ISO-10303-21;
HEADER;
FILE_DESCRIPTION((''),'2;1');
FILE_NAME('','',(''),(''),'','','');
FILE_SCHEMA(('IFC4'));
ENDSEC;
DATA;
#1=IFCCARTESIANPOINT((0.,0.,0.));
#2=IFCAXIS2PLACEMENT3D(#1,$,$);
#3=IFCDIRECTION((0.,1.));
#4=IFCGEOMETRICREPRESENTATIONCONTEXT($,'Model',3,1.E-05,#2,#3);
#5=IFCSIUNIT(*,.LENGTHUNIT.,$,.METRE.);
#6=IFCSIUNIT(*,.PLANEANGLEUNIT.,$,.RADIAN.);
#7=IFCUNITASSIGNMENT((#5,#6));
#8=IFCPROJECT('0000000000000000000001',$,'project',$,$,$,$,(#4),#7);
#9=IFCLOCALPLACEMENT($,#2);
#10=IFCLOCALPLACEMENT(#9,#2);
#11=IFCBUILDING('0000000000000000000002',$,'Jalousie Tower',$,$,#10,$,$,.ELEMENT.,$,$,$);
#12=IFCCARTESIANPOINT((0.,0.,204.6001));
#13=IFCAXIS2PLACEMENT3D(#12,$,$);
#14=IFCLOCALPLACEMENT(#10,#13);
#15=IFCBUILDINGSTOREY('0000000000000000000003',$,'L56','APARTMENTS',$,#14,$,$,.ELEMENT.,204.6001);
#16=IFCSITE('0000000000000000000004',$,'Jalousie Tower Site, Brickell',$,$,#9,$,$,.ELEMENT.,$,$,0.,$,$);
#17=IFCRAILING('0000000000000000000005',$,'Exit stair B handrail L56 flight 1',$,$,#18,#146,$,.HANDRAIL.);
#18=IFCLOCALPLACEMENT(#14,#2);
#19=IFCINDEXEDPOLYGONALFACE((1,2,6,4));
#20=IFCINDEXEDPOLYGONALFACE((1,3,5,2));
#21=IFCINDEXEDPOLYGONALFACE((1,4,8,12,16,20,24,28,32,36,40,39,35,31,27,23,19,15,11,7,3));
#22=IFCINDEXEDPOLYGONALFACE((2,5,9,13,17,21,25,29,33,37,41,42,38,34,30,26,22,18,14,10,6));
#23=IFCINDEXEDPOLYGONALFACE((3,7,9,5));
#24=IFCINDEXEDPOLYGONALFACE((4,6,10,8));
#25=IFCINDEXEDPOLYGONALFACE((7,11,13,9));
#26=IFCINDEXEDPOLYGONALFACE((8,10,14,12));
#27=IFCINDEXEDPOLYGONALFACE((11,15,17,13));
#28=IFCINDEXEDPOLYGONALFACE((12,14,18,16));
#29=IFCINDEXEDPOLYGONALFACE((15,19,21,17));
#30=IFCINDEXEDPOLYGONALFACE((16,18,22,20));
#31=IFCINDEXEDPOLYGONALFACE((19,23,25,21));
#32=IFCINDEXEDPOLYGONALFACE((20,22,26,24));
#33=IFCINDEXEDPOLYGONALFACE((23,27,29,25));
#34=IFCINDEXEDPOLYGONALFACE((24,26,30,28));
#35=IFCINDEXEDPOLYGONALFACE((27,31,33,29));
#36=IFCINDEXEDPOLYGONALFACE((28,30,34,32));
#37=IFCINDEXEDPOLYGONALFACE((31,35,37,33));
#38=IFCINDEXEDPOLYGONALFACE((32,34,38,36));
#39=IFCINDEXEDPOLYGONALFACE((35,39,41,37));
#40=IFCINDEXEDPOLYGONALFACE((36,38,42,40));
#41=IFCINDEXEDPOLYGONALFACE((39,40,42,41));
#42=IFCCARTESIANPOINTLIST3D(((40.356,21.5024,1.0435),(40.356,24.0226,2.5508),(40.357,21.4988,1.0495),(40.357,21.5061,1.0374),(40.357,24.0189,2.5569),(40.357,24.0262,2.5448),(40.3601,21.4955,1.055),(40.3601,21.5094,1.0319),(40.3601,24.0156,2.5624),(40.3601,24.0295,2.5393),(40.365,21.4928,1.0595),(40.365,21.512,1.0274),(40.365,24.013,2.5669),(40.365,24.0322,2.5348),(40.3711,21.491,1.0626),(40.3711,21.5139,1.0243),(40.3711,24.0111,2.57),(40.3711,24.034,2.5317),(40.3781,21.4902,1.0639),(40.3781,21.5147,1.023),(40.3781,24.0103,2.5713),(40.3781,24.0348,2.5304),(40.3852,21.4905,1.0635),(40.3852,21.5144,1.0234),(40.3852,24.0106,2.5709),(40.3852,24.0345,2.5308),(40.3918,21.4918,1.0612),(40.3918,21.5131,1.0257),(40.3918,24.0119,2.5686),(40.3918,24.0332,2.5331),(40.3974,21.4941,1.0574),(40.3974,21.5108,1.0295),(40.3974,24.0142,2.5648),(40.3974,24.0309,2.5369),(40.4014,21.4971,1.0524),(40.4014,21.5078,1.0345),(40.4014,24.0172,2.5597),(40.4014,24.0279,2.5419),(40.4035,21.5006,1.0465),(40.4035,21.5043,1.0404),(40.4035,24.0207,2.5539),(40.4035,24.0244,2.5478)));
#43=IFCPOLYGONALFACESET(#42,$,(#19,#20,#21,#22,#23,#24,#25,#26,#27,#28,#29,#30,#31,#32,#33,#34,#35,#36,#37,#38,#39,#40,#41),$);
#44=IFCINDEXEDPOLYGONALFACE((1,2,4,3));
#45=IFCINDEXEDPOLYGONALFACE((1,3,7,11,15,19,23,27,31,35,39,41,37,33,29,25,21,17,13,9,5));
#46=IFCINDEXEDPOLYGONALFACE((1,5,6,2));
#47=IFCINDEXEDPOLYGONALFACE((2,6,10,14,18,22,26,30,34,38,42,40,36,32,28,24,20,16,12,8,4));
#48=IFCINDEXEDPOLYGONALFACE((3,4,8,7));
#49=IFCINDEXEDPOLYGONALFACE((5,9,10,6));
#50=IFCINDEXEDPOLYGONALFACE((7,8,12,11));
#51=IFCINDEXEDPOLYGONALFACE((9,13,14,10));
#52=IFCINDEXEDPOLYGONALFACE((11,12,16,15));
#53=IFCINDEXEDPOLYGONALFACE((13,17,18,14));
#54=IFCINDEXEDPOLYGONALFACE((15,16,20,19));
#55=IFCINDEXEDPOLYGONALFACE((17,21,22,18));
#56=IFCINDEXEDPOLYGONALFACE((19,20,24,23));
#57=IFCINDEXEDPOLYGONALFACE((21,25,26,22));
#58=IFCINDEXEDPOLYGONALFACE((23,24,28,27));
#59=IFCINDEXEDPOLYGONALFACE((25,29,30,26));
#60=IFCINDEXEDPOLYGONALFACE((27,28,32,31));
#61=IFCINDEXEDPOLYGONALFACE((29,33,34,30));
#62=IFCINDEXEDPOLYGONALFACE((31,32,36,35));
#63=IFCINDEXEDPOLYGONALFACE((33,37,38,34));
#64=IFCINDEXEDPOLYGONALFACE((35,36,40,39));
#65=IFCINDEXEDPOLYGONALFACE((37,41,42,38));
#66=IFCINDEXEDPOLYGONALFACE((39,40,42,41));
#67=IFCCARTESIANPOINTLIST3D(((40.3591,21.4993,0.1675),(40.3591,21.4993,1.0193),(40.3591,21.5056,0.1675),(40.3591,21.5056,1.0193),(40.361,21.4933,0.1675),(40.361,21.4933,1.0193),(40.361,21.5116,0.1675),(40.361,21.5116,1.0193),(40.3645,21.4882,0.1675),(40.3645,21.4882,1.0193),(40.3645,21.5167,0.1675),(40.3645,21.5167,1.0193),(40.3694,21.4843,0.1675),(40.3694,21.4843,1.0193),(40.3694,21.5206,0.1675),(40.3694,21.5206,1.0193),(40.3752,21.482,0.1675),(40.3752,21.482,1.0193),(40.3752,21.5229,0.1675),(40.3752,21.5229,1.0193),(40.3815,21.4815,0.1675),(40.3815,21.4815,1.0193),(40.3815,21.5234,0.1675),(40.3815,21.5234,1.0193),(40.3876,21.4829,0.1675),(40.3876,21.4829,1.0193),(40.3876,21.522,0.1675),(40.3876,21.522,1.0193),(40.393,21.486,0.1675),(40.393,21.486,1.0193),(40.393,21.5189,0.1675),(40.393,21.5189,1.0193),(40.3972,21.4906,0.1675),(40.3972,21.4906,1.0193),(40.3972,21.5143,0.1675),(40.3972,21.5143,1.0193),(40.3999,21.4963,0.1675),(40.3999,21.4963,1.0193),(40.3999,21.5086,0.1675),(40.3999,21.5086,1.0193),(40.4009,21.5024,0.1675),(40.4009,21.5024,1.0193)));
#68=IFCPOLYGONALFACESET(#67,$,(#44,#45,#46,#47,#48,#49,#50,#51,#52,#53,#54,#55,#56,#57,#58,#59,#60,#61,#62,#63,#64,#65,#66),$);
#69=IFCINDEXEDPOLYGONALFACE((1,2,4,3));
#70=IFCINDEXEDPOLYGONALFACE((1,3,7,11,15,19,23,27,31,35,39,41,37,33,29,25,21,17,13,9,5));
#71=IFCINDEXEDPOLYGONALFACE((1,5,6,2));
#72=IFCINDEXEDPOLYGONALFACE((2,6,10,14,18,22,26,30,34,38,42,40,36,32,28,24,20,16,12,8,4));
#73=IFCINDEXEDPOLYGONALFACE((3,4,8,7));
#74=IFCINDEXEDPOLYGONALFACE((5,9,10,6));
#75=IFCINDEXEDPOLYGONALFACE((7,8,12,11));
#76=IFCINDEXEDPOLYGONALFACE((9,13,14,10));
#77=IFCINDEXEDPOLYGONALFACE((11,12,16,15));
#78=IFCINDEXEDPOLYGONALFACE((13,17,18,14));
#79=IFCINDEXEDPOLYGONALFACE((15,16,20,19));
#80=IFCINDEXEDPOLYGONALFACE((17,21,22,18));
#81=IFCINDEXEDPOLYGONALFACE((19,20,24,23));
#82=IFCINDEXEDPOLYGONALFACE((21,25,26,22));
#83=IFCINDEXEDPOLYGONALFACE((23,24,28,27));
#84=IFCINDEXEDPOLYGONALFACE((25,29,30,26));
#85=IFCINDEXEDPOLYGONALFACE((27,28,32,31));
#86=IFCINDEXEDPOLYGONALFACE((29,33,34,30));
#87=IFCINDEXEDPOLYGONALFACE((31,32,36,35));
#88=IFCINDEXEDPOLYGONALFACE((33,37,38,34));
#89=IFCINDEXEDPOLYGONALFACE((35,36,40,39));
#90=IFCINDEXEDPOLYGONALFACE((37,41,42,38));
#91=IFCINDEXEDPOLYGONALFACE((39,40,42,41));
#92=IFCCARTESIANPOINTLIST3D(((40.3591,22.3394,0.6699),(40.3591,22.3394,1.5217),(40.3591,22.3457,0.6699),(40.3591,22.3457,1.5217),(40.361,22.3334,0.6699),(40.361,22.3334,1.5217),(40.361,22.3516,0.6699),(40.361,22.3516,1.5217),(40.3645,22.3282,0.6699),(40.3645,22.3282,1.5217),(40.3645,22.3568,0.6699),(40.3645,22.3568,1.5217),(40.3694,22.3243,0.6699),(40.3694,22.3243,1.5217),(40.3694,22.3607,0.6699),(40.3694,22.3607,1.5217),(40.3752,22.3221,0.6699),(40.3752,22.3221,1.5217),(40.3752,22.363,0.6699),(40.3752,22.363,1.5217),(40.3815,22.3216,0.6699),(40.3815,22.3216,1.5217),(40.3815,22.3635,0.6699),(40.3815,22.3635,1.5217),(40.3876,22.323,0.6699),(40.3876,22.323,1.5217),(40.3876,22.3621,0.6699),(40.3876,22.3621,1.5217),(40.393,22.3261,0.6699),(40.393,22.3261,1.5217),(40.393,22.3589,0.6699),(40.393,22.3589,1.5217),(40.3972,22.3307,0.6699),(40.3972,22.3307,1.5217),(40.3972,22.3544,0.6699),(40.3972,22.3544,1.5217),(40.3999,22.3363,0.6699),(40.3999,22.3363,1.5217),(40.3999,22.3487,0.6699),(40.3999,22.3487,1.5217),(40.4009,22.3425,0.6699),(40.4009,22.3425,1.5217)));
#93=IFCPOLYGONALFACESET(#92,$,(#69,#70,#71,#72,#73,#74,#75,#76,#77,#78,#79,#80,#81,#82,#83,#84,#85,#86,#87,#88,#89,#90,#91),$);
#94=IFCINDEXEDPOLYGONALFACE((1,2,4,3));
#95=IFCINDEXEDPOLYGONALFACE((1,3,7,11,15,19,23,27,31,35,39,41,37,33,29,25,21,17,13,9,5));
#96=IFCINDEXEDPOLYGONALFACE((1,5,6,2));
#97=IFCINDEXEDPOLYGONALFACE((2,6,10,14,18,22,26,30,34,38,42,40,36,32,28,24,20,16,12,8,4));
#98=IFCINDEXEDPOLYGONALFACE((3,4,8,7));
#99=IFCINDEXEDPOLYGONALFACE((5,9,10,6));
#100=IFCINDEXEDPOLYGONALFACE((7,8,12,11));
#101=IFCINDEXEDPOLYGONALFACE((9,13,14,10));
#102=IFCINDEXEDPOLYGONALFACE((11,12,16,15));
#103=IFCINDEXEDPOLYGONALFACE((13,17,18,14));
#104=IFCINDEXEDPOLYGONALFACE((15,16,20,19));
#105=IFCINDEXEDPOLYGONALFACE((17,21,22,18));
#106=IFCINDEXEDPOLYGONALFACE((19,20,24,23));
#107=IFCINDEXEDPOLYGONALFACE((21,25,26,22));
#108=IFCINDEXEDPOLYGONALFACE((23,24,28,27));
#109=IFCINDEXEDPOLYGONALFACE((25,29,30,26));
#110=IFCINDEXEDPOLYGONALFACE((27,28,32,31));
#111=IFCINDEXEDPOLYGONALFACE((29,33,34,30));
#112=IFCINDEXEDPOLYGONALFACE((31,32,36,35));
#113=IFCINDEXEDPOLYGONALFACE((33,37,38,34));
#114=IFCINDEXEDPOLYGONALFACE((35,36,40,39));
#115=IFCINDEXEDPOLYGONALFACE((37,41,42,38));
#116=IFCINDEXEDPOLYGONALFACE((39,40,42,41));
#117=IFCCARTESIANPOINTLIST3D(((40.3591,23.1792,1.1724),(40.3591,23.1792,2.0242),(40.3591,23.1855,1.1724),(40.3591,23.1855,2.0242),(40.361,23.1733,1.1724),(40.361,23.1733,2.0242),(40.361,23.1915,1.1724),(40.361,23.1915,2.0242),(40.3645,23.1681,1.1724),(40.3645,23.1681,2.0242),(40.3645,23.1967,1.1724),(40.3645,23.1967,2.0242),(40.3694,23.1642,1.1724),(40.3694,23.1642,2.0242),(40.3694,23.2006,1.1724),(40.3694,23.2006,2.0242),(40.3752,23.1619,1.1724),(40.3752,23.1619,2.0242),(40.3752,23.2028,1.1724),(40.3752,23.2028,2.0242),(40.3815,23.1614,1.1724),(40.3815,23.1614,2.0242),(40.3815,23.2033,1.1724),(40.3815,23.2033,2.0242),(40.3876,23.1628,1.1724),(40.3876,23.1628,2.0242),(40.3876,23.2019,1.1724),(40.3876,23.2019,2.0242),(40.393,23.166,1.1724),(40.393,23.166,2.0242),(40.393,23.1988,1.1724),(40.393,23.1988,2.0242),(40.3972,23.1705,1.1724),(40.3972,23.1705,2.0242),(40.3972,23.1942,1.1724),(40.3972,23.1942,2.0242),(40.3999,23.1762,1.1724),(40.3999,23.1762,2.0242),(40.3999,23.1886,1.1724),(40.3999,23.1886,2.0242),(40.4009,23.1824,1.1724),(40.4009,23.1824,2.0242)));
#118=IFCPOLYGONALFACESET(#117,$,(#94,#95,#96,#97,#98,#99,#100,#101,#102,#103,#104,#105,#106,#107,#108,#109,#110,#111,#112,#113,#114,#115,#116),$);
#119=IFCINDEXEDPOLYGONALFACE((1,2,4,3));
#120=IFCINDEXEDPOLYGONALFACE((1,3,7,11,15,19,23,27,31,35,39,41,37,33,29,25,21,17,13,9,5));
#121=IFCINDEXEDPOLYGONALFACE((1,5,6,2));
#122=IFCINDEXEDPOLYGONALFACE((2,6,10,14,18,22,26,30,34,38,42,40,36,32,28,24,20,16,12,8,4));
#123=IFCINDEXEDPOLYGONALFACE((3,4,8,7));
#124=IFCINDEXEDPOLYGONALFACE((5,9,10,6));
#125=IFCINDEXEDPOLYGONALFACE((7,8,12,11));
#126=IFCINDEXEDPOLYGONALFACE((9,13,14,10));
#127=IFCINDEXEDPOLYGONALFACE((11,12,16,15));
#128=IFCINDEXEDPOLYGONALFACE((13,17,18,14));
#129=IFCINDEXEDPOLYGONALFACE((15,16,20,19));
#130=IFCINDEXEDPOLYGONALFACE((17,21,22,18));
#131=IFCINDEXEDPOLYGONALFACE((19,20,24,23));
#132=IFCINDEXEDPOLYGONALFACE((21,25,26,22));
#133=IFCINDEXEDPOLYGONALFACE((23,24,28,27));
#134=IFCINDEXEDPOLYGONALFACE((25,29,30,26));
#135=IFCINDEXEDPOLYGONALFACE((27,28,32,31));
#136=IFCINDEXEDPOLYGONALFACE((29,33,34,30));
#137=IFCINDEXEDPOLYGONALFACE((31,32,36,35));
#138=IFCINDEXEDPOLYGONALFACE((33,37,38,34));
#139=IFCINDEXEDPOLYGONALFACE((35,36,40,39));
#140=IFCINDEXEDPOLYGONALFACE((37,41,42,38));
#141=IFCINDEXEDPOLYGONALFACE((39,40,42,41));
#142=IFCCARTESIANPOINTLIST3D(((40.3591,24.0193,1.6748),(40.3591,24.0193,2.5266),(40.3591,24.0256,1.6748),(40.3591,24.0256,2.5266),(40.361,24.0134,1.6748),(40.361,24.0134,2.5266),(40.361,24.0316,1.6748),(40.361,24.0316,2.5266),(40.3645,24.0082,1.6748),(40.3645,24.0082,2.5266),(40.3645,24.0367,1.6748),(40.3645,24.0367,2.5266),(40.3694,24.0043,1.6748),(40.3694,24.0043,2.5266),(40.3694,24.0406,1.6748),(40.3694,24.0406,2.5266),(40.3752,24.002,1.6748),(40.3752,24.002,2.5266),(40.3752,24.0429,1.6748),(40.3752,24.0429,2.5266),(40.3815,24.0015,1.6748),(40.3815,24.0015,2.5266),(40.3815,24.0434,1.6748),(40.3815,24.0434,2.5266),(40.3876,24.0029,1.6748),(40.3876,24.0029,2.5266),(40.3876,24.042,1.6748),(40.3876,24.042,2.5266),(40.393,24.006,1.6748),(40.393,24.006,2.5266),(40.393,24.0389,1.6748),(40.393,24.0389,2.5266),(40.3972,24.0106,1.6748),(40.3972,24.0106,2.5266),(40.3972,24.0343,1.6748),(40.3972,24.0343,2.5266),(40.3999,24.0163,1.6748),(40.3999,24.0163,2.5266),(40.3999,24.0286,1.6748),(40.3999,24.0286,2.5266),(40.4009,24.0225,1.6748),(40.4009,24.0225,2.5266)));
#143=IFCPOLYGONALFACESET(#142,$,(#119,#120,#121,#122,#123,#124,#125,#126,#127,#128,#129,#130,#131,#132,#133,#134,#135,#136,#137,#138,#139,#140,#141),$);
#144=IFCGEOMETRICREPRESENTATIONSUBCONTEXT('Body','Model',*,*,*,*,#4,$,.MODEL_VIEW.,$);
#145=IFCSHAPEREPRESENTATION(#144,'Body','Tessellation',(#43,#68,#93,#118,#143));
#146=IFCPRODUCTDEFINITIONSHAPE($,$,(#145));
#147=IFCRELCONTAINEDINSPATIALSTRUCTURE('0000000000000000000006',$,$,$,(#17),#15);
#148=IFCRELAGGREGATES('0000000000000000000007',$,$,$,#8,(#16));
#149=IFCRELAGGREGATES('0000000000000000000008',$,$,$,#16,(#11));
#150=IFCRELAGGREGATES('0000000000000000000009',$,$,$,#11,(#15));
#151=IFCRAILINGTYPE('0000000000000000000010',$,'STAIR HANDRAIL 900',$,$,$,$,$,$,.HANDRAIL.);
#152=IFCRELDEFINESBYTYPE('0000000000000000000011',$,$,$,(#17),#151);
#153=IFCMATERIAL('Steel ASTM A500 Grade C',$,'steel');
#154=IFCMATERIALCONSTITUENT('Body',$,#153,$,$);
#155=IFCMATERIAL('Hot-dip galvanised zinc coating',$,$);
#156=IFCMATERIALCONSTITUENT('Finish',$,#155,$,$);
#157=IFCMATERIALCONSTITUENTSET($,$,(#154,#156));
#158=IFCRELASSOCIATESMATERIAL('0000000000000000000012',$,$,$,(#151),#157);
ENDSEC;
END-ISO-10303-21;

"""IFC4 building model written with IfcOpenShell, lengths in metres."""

from ifc_helpers import new_model, si_unit, direction, frame, origin, origin_2d, place, context, subcontext, project, spatial, circle, extrude, material, constituent, constituent_set, type_object, element, save


model = new_model("IFC4")

# Units and contexts
model_context = context("Model", 3, precision=1e-05, world=origin(), true_north=direction((0.0, 1.0)))
body_context = subcontext(model_context, "Body", "Model", "MODEL_VIEW")
ifc_project = project(units=[si_unit("LENGTHUNIT", "METRE"), si_unit("PLANEANGLEUNIT", "RADIAN")], contexts=[model_context])

# Site, building, storey
site_placement = place(None, origin())
site = spatial("IfcSite", under=ifc_project, at=site_placement, Name="Jalousie Tower Site, Brickell", CompositionType="ELEMENT", RefElevation=0.0)
building_placement = place(site_placement, origin())
building = spatial("IfcBuilding", under=site, at=building_placement, Name="Jalousie Tower", CompositionType="ELEMENT")
storey_placement = place(building_placement, frame((0.0, 0.0, 204.6001)))
storey = spatial("IfcBuildingStorey", under=building, at=storey_placement, Name="L56", Description="APARTMENTS", CompositionType="ELEMENT", Elevation=204.6001)

# Railing
ifc_material_1 = material(Name="Steel ASTM A500 Grade C", Category="steel")
ifc_constituent_1 = constituent(ifc_material_1, Name="Body")
ifc_material_2 = material(Name="Hot-dip galvanised zinc coating")
ifc_constituent_2 = constituent(ifc_material_2, Name="Finish")
ifc_constituent_set_1 = constituent_set(constituents=[ifc_constituent_1, ifc_constituent_2])
railing_type_1 = type_object("IfcRailingType", Name="STAIR HANDRAIL 900", PredefinedType="HANDRAIL", material=ifc_constituent_set_1)
railing_1_placement = place(storey_placement, frame((40.3799, 21.5024, 0.1675)))
element("IfcRailing", 1, at=railing_1_placement, inside=storey, type_object=railing_type_1, Name="Exit stair B handrail L56 flight 1", PredefinedType="HANDRAIL", context=body_context, shape_type="SweptSolid", body=[
    extrude(circle(Radius=0.0239, at=origin_2d()), frame((0.0, 0.0, 0.876), z_axis=(0.0, 0.858196, 0.513321), x_axis=(-1.0, 0.0, 0.0)), (0.0, 0.0, 1.0), 2.9365),
    extrude(circle(Radius=0.021, at=origin_2d()), origin(), (0.0, 0.0, 1.0), 0.8518),
    extrude(circle(Radius=0.021, at=origin_2d()), frame((0.0, 0.8401, 0.5024)), (0.0, 0.0, 1.0), 0.8518),
    extrude(circle(Radius=0.021, at=origin_2d()), frame((0.0, 1.6799, 1.0049)), (0.0, 0.0, 1.0), 0.8518),
    extrude(circle(Radius=0.021, at=origin_2d()), frame((0.0, 2.52, 1.5073)), (0.0, 0.0, 1.0), 0.8518),
])

save(model, "model.ifc")
